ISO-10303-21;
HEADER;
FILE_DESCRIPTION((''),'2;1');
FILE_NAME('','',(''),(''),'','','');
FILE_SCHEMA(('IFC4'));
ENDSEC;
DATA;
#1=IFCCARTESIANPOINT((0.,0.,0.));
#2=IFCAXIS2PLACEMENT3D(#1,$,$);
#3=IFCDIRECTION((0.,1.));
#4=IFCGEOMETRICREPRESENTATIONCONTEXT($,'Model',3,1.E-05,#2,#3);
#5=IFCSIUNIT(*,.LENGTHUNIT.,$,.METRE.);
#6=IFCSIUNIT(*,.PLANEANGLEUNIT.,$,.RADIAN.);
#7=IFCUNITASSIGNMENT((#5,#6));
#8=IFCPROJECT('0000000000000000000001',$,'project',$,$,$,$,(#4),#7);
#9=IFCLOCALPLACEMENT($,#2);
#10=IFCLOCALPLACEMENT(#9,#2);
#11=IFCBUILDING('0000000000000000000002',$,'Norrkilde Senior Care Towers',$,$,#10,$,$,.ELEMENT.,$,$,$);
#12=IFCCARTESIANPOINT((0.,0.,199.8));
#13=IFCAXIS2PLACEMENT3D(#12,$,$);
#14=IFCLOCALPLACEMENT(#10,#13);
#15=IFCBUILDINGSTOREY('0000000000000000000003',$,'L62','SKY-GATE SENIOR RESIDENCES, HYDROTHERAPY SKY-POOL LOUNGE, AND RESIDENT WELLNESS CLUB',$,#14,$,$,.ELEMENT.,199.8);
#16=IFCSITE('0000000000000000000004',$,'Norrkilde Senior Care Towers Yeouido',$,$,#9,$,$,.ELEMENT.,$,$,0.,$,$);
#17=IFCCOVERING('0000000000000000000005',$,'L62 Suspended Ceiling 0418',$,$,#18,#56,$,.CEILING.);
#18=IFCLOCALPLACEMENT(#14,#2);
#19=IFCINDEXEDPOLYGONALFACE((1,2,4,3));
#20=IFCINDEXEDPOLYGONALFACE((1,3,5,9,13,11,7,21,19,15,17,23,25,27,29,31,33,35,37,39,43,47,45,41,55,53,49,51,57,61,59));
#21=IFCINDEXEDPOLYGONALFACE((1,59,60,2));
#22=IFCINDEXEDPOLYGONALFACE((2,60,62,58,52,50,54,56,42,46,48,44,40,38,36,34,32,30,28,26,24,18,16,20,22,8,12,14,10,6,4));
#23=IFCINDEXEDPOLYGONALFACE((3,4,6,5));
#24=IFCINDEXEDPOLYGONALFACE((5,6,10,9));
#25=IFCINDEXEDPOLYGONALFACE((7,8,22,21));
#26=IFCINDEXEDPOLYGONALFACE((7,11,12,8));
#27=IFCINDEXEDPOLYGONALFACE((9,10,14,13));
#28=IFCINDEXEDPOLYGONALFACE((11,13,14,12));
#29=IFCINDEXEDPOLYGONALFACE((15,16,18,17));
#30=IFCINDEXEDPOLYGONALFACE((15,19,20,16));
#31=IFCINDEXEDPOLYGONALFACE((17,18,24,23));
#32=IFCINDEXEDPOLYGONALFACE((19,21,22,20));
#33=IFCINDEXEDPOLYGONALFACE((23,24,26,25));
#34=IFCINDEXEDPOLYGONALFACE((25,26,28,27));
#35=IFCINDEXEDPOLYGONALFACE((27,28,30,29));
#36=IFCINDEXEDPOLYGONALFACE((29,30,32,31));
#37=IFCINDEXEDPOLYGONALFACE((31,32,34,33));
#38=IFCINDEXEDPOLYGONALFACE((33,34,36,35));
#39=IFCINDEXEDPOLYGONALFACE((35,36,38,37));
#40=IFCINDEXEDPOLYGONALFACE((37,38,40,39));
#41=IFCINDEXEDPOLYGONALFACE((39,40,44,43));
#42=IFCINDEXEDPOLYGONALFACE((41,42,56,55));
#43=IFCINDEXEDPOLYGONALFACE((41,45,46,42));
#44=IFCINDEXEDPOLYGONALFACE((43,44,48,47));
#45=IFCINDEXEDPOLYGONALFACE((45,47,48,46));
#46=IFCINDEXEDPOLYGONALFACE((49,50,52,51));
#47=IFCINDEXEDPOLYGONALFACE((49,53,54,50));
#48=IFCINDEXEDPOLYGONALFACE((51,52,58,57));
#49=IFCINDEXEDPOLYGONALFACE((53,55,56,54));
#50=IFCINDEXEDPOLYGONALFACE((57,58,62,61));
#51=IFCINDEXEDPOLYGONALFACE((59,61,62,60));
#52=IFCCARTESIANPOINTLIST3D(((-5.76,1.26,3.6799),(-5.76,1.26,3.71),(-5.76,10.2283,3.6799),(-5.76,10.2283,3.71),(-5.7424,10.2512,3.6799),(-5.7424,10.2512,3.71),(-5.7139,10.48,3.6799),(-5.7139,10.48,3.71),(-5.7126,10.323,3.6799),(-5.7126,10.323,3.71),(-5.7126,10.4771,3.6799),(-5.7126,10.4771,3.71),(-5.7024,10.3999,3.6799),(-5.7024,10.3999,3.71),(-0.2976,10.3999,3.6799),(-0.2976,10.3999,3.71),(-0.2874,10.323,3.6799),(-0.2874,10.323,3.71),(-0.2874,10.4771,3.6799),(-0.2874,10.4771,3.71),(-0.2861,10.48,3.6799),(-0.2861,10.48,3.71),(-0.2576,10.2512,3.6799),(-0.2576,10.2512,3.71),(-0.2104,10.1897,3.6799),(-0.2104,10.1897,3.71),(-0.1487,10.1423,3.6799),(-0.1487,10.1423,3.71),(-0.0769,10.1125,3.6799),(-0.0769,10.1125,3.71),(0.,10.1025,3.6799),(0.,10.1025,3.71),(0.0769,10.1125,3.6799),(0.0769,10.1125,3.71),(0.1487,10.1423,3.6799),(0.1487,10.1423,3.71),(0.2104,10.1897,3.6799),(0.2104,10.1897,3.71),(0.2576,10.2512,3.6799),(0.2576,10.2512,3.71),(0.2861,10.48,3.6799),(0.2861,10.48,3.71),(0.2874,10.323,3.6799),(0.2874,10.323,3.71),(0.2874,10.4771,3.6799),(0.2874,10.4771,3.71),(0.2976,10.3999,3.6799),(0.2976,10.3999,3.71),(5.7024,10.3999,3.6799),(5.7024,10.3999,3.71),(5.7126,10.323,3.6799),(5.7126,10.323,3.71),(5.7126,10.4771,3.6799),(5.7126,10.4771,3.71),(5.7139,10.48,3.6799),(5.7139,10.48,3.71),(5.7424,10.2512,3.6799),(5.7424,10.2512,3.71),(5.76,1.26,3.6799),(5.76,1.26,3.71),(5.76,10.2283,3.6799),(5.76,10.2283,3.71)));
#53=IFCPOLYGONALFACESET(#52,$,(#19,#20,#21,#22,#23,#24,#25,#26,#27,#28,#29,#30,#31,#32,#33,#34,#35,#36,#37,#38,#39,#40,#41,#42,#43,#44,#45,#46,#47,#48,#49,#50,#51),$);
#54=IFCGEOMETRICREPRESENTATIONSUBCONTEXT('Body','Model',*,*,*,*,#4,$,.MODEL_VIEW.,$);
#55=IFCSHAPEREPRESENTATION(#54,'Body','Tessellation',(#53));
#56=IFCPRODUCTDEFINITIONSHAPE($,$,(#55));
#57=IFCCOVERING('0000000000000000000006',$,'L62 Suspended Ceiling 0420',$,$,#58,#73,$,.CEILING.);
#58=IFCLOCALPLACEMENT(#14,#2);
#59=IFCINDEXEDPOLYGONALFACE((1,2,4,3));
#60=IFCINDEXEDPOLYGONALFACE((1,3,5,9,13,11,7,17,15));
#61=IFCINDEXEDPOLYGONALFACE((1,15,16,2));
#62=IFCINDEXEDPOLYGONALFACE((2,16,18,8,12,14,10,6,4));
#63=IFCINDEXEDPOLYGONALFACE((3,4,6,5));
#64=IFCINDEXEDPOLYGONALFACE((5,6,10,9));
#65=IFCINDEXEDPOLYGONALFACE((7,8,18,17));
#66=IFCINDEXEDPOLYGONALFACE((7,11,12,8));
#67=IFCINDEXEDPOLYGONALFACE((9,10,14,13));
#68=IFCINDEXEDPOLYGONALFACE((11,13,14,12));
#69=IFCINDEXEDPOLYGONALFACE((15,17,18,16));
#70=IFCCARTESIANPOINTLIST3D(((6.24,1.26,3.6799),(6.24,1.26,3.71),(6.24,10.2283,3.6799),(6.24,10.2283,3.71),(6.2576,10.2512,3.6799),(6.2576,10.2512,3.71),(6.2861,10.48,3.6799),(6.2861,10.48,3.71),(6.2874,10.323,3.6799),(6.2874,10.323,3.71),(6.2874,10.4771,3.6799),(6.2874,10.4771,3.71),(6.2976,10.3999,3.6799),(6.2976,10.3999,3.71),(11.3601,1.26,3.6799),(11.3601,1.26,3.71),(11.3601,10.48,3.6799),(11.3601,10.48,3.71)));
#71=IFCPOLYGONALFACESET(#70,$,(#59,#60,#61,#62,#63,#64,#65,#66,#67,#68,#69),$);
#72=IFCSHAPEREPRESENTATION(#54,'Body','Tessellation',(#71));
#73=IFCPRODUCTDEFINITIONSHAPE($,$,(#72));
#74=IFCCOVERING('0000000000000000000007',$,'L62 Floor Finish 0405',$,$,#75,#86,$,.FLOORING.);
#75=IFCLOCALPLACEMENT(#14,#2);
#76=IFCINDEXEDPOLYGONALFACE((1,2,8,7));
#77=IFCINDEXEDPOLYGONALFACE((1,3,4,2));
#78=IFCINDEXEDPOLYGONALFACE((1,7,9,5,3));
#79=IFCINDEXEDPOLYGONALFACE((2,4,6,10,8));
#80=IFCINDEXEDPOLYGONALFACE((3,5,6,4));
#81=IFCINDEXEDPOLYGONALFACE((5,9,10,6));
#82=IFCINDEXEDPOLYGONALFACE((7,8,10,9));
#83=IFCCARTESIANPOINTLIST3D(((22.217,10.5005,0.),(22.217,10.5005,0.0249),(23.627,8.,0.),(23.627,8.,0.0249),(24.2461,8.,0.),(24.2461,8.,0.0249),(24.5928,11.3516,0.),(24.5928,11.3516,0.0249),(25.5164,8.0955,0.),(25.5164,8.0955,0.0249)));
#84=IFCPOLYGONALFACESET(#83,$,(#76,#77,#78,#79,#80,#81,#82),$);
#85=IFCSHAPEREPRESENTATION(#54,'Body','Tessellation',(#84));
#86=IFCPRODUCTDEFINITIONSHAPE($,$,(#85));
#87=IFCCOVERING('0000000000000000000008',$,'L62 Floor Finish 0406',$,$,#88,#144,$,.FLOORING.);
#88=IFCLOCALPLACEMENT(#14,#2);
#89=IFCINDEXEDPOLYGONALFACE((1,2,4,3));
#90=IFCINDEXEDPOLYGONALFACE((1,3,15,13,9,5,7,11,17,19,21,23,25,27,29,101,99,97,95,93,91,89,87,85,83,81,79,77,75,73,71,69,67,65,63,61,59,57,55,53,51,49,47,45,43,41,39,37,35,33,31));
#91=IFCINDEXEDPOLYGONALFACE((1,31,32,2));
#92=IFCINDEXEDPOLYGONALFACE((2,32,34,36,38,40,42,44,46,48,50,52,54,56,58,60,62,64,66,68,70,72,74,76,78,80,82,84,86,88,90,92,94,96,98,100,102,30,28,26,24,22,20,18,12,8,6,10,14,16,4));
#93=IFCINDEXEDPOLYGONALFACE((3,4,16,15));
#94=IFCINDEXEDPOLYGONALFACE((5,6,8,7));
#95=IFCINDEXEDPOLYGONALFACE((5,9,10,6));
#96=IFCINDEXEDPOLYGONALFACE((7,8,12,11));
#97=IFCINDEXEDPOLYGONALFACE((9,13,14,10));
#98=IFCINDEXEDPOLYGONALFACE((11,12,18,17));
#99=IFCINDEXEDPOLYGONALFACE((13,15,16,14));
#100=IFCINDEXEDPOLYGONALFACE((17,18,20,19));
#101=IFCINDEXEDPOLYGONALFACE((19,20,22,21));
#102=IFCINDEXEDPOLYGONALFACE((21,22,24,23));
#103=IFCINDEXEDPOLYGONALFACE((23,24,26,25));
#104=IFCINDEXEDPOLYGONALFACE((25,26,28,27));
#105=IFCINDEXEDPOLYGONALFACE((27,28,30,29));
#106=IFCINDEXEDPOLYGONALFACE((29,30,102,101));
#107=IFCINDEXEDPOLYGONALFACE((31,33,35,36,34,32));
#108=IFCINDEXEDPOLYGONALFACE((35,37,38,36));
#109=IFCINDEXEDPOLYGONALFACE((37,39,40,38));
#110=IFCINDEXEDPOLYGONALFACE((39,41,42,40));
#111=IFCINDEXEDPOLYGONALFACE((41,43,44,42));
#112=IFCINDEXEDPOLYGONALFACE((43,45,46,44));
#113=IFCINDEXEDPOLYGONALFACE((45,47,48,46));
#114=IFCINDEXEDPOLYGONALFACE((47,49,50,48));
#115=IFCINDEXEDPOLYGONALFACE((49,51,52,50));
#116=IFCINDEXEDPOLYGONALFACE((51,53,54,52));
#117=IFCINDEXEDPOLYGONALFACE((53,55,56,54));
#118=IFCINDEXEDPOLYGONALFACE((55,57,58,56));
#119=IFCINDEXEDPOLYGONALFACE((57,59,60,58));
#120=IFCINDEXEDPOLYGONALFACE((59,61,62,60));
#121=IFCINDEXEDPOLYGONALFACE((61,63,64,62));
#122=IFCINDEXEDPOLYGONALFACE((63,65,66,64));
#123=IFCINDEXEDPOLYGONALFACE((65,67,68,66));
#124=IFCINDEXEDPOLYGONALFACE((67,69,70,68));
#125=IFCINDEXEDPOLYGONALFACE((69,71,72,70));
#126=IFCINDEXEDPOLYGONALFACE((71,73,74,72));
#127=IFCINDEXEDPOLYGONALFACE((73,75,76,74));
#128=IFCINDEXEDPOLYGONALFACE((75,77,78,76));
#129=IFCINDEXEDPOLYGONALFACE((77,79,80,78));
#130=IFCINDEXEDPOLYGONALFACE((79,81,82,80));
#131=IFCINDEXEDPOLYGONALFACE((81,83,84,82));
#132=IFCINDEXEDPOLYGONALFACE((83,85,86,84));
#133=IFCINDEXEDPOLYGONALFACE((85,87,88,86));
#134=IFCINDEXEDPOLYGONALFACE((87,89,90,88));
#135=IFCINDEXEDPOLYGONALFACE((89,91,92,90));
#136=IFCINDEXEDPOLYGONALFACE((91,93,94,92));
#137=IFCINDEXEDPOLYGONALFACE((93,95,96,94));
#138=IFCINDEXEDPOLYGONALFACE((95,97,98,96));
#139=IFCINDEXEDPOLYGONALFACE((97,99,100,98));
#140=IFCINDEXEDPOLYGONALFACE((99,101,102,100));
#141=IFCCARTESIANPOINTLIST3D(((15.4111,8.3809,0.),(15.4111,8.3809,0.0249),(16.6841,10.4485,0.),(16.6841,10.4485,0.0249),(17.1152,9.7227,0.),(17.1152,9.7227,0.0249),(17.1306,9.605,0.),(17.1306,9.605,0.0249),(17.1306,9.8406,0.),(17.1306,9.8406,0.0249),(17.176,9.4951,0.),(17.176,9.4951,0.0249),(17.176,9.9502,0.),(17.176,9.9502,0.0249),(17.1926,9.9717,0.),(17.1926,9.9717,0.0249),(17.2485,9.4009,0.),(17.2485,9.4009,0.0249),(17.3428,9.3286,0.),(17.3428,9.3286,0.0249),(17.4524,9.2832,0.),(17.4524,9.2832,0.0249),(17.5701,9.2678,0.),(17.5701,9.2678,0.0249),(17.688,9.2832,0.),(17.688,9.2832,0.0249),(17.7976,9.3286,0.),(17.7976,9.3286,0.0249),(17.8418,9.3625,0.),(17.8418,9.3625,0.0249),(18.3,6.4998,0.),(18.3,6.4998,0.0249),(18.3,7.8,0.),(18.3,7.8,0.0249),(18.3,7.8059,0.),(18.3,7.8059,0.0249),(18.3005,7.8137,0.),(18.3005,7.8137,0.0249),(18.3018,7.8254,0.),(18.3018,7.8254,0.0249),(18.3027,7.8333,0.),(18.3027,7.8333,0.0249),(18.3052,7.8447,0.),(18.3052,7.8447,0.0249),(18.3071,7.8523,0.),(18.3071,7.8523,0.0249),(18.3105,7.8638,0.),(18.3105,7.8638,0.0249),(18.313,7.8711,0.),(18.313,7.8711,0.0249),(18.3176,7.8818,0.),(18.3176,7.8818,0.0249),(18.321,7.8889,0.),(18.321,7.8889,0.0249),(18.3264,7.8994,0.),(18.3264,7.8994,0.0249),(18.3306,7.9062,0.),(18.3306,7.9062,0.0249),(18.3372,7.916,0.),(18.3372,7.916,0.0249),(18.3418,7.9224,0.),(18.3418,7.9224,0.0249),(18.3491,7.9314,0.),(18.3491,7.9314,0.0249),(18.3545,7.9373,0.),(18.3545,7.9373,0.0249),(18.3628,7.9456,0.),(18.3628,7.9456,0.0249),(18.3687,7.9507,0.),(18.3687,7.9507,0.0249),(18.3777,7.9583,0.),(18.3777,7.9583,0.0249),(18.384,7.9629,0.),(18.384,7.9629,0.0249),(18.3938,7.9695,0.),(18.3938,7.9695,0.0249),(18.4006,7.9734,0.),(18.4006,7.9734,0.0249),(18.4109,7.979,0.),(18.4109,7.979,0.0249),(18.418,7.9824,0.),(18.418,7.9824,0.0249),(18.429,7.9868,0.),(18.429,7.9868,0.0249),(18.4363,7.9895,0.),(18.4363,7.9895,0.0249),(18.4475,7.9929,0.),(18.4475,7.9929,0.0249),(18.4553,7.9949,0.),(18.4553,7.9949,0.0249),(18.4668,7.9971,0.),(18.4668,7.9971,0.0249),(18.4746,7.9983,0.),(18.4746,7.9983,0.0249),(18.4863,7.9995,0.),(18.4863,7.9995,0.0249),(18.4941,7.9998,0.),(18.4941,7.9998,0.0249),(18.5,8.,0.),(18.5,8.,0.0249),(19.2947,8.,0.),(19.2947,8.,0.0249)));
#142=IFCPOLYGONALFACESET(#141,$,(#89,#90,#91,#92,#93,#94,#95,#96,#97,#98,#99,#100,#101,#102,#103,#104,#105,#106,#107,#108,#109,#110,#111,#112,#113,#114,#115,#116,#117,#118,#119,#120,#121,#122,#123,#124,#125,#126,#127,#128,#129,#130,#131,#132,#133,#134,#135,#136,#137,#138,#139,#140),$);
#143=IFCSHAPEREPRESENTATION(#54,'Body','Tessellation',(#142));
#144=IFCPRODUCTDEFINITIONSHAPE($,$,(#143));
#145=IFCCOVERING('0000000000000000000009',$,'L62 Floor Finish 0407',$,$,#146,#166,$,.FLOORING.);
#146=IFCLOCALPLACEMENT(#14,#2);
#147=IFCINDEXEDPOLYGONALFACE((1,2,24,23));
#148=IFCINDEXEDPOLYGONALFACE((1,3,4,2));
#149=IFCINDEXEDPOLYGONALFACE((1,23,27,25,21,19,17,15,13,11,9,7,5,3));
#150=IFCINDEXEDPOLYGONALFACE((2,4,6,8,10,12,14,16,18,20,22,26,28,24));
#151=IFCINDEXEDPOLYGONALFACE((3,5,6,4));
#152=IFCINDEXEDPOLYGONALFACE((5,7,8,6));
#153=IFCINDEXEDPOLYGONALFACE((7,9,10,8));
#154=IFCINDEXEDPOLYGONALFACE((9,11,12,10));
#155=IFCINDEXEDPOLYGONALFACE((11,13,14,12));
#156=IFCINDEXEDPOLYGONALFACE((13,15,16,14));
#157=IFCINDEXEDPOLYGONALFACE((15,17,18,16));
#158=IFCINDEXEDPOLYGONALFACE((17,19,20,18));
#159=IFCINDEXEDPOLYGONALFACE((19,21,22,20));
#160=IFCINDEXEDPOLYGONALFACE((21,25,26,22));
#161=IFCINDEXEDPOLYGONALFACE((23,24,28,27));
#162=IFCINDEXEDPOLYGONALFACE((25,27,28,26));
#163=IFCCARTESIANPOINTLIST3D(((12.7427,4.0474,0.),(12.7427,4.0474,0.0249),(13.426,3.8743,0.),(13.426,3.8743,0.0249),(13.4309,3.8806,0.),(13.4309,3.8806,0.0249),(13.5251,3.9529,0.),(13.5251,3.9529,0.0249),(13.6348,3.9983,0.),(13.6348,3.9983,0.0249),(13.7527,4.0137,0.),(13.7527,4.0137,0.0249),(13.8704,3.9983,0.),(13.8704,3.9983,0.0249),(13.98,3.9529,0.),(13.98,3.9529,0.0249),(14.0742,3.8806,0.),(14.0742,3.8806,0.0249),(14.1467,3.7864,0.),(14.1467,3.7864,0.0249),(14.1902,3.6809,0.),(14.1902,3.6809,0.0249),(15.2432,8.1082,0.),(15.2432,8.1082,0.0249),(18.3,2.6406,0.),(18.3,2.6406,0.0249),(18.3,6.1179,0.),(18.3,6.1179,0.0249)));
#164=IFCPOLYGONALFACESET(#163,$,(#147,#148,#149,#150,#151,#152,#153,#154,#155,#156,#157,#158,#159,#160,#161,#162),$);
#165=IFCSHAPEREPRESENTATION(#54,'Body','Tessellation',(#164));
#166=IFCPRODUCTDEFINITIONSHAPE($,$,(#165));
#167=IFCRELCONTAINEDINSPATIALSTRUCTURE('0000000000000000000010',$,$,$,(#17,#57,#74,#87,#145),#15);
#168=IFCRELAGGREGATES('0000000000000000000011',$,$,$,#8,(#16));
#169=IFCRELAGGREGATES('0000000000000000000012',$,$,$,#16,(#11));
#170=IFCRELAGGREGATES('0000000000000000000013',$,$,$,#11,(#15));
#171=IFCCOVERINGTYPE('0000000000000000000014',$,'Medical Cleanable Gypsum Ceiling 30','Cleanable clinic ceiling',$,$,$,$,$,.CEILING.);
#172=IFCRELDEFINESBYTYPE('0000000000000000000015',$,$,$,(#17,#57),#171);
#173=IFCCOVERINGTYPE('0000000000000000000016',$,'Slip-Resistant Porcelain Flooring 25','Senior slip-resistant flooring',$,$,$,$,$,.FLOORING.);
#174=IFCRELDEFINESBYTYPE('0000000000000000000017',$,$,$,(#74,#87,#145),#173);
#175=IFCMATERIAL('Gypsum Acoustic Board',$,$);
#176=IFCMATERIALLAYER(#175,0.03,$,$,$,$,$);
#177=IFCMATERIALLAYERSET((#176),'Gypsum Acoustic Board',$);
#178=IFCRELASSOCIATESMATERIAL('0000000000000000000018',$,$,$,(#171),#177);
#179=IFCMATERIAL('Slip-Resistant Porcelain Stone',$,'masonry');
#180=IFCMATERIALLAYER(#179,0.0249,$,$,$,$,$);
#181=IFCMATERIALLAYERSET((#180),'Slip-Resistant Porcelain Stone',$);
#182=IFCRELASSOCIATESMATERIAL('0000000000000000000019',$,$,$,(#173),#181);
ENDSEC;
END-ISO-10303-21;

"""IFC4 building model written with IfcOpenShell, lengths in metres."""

from ifc_helpers import new_model, si_unit, direction, frame, origin, place, context, subcontext, project, spatial, polyline, outline, extrude, material, layer, layer_set, type_object, element, save


model = new_model("IFC4")

# Units and contexts
model_context = context("Model", 3, precision=1e-05, world=origin(), true_north=direction((0.0, 1.0)))
body_context = subcontext(model_context, "Body", "Model", "MODEL_VIEW")
ifc_project = project(units=[si_unit("LENGTHUNIT", "METRE"), si_unit("PLANEANGLEUNIT", "RADIAN")], contexts=[model_context])

# Site, building, storey
site_placement = place(None, origin())
site = spatial("IfcSite", under=ifc_project, at=site_placement, Name="Norrkilde Senior Care Towers Yeouido", CompositionType="ELEMENT", RefElevation=0.0)
building_placement = place(site_placement, origin())
building = spatial("IfcBuilding", under=site, at=building_placement, Name="Norrkilde Senior Care Towers", CompositionType="ELEMENT")
storey_placement = place(building_placement, frame((0.0, 0.0, 199.8)))
storey = spatial("IfcBuildingStorey", under=building, at=storey_placement, Name="L62", Description="SKY-GATE SENIOR RESIDENCES, HYDROTHERAPY SKY-POOL LOUNGE, AND RESIDENT WELLNESS CLUB", CompositionType="ELEMENT", Elevation=199.8)

# Coverings
ifc_material_1 = material(Name="Gypsum Acoustic Board")
ifc_layer_1 = layer(ifc_material_1, 0.03)
ifc_layer_set_1 = layer_set([ifc_layer_1], Name="Gypsum Acoustic Board")
covering_type_1 = type_object("IfcCoveringType", Name="Medical Cleanable Gypsum Ceiling 30", Description="Cleanable clinic ceiling", PredefinedType="CEILING", material=ifc_layer_set_1)
covering_1_placement = place(storey_placement, frame((0.0, 0.0, 3.6799)))
element("IfcCovering", 1, at=covering_1_placement, inside=storey, type_object=covering_type_1, Name="L62 Suspended Ceiling 0418", PredefinedType="CEILING", context=body_context, shape_type="SweptSolid", body=[
    extrude(outline(polyline([(-5.7126, 10.323), (-5.7024, 10.3999), (-5.7126, 10.4771), (-5.7139, 10.48), (-0.2861, 10.48), (-0.2874, 10.4771), (-0.2976, 10.3999), (-0.2874, 10.323), (-0.2576, 10.2512), (-0.2104, 10.1897), (-0.1487, 10.1423), (-0.0769, 10.1125), (0.0, 10.1025), (0.0769, 10.1125), (0.1487, 10.1423), (0.2104, 10.1897), (0.2576, 10.2512), (0.2874, 10.323), (0.2976, 10.3999), (0.2874, 10.4771), (0.2861, 10.48), (5.7139, 10.48), (5.7126, 10.4771), (5.7024, 10.3999), (5.7126, 10.323), (5.7424, 10.2512), (5.76, 10.2283), (5.76, 1.26), (-5.76, 1.26), (-5.76, 10.2283), (-5.7424, 10.2512), (-5.7126, 10.323)])), origin(), (0.0, 0.0, 1.0), 0.03),
])
covering_2_placement = place(storey_placement, frame((0.0, 0.0, 3.6799)))
element("IfcCovering", 2, at=covering_2_placement, inside=storey, type_object=covering_type_1, Name="L62 Suspended Ceiling 0420", PredefinedType="CEILING", context=body_context, shape_type="SweptSolid", body=[
    extrude(outline(polyline([(6.24, 10.2283), (6.2576, 10.2512), (6.2874, 10.323), (6.2976, 10.3999), (6.2874, 10.4771), (6.2861, 10.48), (11.3601, 10.48), (11.3601, 1.26), (6.24, 1.26), (6.24, 10.2283)])), origin(), (0.0, 0.0, 1.0), 0.03),
])
ifc_material_2 = material(Name="Slip-Resistant Porcelain Stone", Category="masonry")
ifc_layer_2 = layer(ifc_material_2, 0.0249)
ifc_layer_set_2 = layer_set([ifc_layer_2], Name="Slip-Resistant Porcelain Stone")
covering_type_2 = type_object("IfcCoveringType", Name="Slip-Resistant Porcelain Flooring 25", Description="Senior slip-resistant flooring", PredefinedType="FLOORING", material=ifc_layer_set_2)
covering_3_placement = place(storey_placement, origin())
element("IfcCovering", 3, at=covering_3_placement, inside=storey, type_object=covering_type_2, Name="L62 Floor Finish 0405", PredefinedType="FLOORING", context=body_context, shape_type="SweptSolid", body=[
    extrude(outline(polyline([(22.217, 10.5005), (24.5928, 11.3516), (25.5164, 8.0955), (24.2461, 8.0), (23.627, 8.0), (22.217, 10.5005)])), origin(), (0.0, 0.0, 1.0), 0.0249),
])
covering_4_placement = place(storey_placement, origin())
element("IfcCovering", 4, at=covering_4_placement, inside=storey, type_object=covering_type_2, Name="L62 Floor Finish 0406", PredefinedType="FLOORING", context=body_context, shape_type="SweptSolid", body=[
    extrude(outline(polyline([(18.4746, 7.9983), (18.4668, 7.9971), (18.4553, 7.9949), (18.4475, 7.9929), (18.4363, 7.9895), (18.429, 7.9868), (18.418, 7.9824), (18.4109, 7.979), (18.4006, 7.9734), (18.3938, 7.9695), (18.384, 7.9629), (18.3777, 7.9583), (18.3687, 7.9507), (18.3628, 7.9456), (18.3545, 7.9373), (18.3491, 7.9314), (18.3418, 7.9224), (18.3372, 7.916), (18.3306, 7.9062), (18.3264, 7.8994), (18.321, 7.8889), (18.3176, 7.8818), (18.313, 7.8711), (18.3105, 7.8638), (18.3071, 7.8523), (18.3052, 7.8447), (18.3027, 7.8333), (18.3018, 7.8254), (18.3005, 7.8137), (18.3, 7.8059), (18.3, 7.8), (18.3, 6.4998), (15.4111, 8.3809), (16.6841, 10.4485), (17.1926, 9.9717), (17.176, 9.9502), (17.1306, 9.8406), (17.1152, 9.7227), (17.1306, 9.605), (17.176, 9.4951), (17.2485, 9.4009), (17.3428, 9.3286), (17.4524, 9.2832), (17.5701, 9.2678), (17.688, 9.2832), (17.7976, 9.3286), (17.8418, 9.3625), (19.2947, 8.0), (18.5, 8.0), (18.4941, 7.9998), (18.4863, 7.9995), (18.4746, 7.9983)])), origin(), (0.0, 0.0, 1.0), 0.0249),
])
covering_5_placement = place(storey_placement, origin())
element("IfcCovering", 5, at=covering_5_placement, inside=storey, type_object=covering_type_2, Name="L62 Floor Finish 0407", PredefinedType="FLOORING", context=body_context, shape_type="SweptSolid", body=[
    extrude(outline(polyline([(15.2432, 8.1082), (18.3, 6.1179), (18.3, 2.6406), (14.1902, 3.6809), (14.1467, 3.7864), (14.0742, 3.8806), (13.98, 3.9529), (13.8704, 3.9983), (13.7527, 4.0137), (13.6348, 3.9983), (13.5251, 3.9529), (13.4309, 3.8806), (13.426, 3.8743), (12.7427, 4.0474), (15.2432, 8.1082)])), origin(), (0.0, 0.0, 1.0), 0.0249),
])

save(model, "model.ifc")
